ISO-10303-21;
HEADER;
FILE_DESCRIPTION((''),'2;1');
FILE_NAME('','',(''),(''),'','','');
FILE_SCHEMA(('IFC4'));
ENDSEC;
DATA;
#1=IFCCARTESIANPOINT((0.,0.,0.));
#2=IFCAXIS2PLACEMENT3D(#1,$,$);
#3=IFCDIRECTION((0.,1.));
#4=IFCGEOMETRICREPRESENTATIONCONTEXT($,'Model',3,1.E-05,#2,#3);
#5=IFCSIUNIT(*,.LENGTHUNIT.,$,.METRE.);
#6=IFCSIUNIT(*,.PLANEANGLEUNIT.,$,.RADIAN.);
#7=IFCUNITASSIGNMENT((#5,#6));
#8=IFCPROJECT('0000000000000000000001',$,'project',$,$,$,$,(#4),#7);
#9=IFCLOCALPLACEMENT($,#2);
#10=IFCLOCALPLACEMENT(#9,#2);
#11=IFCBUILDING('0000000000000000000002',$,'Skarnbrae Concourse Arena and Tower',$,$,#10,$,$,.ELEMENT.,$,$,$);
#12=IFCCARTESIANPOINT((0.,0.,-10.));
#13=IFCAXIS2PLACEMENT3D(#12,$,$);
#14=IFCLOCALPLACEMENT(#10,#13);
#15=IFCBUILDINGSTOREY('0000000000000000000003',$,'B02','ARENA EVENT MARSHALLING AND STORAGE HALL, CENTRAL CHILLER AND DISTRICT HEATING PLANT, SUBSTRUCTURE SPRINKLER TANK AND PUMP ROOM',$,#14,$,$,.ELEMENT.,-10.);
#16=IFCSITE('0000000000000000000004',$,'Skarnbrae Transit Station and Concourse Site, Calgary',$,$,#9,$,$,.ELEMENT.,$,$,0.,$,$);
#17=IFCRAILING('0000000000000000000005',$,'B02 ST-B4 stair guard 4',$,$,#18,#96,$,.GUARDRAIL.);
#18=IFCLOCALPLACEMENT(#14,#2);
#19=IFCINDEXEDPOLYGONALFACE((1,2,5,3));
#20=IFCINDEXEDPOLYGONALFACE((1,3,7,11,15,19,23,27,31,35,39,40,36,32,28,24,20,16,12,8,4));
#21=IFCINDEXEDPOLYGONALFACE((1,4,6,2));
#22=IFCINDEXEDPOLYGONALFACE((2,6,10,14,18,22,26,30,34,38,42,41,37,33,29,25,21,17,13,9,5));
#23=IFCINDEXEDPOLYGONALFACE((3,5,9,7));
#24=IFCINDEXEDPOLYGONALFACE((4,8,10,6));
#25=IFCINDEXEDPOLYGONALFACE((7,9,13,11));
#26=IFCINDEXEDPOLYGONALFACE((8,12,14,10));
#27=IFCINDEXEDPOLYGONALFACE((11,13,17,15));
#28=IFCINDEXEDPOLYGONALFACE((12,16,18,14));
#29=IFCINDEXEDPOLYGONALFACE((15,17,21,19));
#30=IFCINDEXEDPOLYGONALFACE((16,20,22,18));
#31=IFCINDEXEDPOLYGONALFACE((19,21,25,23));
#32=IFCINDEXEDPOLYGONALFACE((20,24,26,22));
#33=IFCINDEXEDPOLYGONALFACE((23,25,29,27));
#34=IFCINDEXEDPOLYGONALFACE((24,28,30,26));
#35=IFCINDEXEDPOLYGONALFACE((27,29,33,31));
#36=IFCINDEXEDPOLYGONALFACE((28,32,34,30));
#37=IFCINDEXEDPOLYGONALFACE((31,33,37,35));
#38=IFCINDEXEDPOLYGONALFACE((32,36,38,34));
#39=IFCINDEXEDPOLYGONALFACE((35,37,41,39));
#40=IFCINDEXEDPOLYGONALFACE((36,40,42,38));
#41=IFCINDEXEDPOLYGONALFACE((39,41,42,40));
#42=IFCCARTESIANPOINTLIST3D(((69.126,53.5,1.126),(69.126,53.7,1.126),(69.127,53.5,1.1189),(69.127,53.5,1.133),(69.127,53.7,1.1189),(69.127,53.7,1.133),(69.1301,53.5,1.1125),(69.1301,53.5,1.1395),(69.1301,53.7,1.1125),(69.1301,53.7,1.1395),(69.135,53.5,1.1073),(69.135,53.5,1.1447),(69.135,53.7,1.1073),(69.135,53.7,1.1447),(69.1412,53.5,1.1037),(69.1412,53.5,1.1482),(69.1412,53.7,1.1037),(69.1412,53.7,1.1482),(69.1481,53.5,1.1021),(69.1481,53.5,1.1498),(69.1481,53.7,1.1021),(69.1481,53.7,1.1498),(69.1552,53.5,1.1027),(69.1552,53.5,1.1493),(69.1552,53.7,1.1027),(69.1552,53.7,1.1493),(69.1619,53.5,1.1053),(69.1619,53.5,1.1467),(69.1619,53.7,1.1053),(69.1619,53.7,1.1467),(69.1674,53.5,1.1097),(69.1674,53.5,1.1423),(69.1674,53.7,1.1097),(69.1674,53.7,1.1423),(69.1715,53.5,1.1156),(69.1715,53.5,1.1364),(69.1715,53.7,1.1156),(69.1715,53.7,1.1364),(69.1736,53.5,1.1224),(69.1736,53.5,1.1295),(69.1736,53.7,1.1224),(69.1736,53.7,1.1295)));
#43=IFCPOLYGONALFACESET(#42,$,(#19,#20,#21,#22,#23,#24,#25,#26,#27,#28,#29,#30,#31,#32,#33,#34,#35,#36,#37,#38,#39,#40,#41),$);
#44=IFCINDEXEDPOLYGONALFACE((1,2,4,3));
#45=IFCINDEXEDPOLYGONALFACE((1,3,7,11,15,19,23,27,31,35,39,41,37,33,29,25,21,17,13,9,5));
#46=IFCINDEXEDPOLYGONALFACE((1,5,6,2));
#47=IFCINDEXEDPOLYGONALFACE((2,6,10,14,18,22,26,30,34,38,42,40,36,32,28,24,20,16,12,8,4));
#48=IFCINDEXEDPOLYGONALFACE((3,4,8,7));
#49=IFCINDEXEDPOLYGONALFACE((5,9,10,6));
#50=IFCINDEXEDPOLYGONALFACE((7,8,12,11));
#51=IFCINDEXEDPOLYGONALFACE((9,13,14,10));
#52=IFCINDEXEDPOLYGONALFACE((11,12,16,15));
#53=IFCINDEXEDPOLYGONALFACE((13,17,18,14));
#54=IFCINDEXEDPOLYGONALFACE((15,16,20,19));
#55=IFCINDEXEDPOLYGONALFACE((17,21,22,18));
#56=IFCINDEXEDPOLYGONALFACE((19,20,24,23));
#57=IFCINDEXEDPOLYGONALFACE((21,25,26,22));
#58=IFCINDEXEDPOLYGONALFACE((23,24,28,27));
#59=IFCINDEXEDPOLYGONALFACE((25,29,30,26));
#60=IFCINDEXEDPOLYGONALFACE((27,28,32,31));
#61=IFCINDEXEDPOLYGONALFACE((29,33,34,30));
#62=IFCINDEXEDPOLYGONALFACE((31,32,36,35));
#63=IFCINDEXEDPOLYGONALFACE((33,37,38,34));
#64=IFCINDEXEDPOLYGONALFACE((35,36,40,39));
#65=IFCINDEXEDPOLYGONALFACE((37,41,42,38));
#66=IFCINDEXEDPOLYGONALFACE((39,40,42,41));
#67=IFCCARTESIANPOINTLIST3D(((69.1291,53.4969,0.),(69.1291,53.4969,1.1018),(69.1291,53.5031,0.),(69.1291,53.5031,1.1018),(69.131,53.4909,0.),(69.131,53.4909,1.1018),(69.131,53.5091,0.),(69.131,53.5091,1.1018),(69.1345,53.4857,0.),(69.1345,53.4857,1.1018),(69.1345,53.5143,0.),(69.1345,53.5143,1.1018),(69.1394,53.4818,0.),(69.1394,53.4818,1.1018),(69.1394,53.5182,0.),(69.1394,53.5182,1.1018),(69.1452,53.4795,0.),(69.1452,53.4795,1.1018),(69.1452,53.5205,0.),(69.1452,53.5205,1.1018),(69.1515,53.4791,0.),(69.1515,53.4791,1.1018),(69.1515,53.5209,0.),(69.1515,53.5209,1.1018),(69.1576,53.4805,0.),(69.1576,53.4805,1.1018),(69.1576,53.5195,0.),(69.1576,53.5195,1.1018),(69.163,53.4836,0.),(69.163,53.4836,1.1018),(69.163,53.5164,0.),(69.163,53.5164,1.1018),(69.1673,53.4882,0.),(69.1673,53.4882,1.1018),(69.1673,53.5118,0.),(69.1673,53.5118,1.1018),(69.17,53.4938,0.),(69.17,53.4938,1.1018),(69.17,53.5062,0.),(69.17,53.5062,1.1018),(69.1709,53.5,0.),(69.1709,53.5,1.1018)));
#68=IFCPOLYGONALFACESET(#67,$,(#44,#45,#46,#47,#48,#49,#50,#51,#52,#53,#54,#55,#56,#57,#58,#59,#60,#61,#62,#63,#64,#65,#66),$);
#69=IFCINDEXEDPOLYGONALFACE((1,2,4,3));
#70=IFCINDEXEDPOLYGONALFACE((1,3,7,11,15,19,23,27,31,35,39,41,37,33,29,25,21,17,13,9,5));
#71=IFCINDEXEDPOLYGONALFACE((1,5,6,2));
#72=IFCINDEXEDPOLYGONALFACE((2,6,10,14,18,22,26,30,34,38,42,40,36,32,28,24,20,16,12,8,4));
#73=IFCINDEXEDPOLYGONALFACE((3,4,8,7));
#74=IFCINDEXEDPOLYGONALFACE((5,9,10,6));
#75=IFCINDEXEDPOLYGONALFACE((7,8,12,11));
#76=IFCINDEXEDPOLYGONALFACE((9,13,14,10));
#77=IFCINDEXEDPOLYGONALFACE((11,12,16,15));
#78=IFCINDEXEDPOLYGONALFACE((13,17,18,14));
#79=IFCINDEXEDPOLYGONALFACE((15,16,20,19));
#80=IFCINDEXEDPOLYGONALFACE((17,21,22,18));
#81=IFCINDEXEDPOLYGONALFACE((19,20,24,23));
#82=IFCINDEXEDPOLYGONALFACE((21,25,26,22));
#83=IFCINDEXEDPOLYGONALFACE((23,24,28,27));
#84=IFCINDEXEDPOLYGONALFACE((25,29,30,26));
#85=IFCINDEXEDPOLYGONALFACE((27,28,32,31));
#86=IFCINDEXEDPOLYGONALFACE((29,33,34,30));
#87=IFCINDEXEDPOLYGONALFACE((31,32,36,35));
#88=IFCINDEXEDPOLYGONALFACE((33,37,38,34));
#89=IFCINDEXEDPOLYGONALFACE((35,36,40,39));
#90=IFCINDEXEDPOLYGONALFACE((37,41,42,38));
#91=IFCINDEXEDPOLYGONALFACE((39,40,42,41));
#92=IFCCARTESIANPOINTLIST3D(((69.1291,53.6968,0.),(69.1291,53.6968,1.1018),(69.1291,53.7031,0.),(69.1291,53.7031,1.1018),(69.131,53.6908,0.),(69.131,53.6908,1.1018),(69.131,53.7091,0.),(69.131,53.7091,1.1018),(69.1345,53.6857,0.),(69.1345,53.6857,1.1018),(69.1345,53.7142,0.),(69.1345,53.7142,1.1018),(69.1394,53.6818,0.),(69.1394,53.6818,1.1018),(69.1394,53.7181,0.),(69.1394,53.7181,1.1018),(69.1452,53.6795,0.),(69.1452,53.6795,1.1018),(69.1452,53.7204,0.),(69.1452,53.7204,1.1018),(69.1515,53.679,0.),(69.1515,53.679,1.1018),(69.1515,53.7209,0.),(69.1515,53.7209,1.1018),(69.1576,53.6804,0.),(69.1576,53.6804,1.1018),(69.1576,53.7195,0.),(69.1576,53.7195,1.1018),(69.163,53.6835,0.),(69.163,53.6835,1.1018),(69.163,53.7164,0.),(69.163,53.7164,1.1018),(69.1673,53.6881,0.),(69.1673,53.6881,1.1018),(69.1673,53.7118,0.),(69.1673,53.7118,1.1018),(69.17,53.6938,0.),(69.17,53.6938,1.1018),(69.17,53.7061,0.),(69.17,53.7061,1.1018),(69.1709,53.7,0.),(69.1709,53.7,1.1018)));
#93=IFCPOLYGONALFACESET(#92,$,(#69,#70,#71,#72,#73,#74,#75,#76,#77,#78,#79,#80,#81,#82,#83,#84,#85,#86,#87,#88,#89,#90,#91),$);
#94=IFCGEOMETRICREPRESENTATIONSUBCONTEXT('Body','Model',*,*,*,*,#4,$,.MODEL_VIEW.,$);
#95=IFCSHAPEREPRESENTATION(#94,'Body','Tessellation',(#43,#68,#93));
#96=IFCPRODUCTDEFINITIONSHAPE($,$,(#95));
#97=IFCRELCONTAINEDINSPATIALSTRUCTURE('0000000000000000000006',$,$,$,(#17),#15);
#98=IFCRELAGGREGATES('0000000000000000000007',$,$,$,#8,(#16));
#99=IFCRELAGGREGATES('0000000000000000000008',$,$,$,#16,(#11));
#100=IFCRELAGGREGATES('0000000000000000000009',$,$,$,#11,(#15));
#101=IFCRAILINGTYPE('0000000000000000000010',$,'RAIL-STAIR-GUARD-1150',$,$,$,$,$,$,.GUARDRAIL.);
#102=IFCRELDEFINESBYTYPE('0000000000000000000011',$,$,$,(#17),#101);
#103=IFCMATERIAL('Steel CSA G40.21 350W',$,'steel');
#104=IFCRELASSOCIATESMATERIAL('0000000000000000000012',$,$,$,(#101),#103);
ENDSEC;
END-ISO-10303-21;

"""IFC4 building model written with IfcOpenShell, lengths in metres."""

from ifc_helpers import new_model, si_unit, direction, frame, origin, origin_2d, place, context, subcontext, project, spatial, circle, extrude, material, type_object, element, save


model = new_model("IFC4")

# Units and contexts
model_context = context("Model", 3, precision=1e-05, world=origin(), true_north=direction((0.0, 1.0)))
body_context = subcontext(model_context, "Body", "Model", "MODEL_VIEW")
ifc_project = project(units=[si_unit("LENGTHUNIT", "METRE"), si_unit("PLANEANGLEUNIT", "RADIAN")], contexts=[model_context])

# Site, building, storey
site_placement = place(None, origin())
site = spatial("IfcSite", under=ifc_project, at=site_placement, Name="Skarnbrae Transit Station and Concourse Site, Calgary", CompositionType="ELEMENT", RefElevation=0.0)
building_placement = place(site_placement, origin())
building = spatial("IfcBuilding", under=site, at=building_placement, Name="Skarnbrae Concourse Arena and Tower", CompositionType="ELEMENT")
storey_placement = place(building_placement, frame((0.0, 0.0, -10.0)))
storey = spatial("IfcBuildingStorey", under=building, at=storey_placement, Name="B02", Description="ARENA EVENT MARSHALLING AND STORAGE HALL, CENTRAL CHILLER AND DISTRICT HEATING PLANT, SUBSTRUCTURE SPRINKLER TANK AND PUMP ROOM", CompositionType="ELEMENT", Elevation=-10.0)

# Shared definitions
ifc_material_1 = material(Name="Steel CSA G40.21 350W", Category="steel")

# Railing
railing_type_1 = type_object("IfcRailingType", Name="RAIL-STAIR-GUARD-1150", PredefinedType="GUARDRAIL", material=ifc_material_1)
railing_1_placement = place(storey_placement, frame((69.1499, 53.5, 0.0)))
element("IfcRailing", 1, at=railing_1_placement, inside=storey, type_object=railing_type_1, Name="B02 ST-B4 stair guard 4", PredefinedType="GUARDRAIL", context=body_context, shape_type="SweptSolid", body=[
    extrude(circle(Radius=0.0239, at=origin_2d()), frame((0.0, 0.0, 1.126), z_axis=(0.0, 1.0, 0.0), x_axis=(-1.0, 0.0, 0.0)), (0.0, 0.0, 1.0), 0.2),
    extrude(circle(Radius=0.021, at=origin_2d()), origin(), (0.0, 0.0, 1.0), 1.1018),
    extrude(circle(Radius=0.021, at=origin_2d()), frame((0.0, 0.2, 0.0)), (0.0, 0.0, 1.0), 1.1018),
])

save(model, "model.ifc")
